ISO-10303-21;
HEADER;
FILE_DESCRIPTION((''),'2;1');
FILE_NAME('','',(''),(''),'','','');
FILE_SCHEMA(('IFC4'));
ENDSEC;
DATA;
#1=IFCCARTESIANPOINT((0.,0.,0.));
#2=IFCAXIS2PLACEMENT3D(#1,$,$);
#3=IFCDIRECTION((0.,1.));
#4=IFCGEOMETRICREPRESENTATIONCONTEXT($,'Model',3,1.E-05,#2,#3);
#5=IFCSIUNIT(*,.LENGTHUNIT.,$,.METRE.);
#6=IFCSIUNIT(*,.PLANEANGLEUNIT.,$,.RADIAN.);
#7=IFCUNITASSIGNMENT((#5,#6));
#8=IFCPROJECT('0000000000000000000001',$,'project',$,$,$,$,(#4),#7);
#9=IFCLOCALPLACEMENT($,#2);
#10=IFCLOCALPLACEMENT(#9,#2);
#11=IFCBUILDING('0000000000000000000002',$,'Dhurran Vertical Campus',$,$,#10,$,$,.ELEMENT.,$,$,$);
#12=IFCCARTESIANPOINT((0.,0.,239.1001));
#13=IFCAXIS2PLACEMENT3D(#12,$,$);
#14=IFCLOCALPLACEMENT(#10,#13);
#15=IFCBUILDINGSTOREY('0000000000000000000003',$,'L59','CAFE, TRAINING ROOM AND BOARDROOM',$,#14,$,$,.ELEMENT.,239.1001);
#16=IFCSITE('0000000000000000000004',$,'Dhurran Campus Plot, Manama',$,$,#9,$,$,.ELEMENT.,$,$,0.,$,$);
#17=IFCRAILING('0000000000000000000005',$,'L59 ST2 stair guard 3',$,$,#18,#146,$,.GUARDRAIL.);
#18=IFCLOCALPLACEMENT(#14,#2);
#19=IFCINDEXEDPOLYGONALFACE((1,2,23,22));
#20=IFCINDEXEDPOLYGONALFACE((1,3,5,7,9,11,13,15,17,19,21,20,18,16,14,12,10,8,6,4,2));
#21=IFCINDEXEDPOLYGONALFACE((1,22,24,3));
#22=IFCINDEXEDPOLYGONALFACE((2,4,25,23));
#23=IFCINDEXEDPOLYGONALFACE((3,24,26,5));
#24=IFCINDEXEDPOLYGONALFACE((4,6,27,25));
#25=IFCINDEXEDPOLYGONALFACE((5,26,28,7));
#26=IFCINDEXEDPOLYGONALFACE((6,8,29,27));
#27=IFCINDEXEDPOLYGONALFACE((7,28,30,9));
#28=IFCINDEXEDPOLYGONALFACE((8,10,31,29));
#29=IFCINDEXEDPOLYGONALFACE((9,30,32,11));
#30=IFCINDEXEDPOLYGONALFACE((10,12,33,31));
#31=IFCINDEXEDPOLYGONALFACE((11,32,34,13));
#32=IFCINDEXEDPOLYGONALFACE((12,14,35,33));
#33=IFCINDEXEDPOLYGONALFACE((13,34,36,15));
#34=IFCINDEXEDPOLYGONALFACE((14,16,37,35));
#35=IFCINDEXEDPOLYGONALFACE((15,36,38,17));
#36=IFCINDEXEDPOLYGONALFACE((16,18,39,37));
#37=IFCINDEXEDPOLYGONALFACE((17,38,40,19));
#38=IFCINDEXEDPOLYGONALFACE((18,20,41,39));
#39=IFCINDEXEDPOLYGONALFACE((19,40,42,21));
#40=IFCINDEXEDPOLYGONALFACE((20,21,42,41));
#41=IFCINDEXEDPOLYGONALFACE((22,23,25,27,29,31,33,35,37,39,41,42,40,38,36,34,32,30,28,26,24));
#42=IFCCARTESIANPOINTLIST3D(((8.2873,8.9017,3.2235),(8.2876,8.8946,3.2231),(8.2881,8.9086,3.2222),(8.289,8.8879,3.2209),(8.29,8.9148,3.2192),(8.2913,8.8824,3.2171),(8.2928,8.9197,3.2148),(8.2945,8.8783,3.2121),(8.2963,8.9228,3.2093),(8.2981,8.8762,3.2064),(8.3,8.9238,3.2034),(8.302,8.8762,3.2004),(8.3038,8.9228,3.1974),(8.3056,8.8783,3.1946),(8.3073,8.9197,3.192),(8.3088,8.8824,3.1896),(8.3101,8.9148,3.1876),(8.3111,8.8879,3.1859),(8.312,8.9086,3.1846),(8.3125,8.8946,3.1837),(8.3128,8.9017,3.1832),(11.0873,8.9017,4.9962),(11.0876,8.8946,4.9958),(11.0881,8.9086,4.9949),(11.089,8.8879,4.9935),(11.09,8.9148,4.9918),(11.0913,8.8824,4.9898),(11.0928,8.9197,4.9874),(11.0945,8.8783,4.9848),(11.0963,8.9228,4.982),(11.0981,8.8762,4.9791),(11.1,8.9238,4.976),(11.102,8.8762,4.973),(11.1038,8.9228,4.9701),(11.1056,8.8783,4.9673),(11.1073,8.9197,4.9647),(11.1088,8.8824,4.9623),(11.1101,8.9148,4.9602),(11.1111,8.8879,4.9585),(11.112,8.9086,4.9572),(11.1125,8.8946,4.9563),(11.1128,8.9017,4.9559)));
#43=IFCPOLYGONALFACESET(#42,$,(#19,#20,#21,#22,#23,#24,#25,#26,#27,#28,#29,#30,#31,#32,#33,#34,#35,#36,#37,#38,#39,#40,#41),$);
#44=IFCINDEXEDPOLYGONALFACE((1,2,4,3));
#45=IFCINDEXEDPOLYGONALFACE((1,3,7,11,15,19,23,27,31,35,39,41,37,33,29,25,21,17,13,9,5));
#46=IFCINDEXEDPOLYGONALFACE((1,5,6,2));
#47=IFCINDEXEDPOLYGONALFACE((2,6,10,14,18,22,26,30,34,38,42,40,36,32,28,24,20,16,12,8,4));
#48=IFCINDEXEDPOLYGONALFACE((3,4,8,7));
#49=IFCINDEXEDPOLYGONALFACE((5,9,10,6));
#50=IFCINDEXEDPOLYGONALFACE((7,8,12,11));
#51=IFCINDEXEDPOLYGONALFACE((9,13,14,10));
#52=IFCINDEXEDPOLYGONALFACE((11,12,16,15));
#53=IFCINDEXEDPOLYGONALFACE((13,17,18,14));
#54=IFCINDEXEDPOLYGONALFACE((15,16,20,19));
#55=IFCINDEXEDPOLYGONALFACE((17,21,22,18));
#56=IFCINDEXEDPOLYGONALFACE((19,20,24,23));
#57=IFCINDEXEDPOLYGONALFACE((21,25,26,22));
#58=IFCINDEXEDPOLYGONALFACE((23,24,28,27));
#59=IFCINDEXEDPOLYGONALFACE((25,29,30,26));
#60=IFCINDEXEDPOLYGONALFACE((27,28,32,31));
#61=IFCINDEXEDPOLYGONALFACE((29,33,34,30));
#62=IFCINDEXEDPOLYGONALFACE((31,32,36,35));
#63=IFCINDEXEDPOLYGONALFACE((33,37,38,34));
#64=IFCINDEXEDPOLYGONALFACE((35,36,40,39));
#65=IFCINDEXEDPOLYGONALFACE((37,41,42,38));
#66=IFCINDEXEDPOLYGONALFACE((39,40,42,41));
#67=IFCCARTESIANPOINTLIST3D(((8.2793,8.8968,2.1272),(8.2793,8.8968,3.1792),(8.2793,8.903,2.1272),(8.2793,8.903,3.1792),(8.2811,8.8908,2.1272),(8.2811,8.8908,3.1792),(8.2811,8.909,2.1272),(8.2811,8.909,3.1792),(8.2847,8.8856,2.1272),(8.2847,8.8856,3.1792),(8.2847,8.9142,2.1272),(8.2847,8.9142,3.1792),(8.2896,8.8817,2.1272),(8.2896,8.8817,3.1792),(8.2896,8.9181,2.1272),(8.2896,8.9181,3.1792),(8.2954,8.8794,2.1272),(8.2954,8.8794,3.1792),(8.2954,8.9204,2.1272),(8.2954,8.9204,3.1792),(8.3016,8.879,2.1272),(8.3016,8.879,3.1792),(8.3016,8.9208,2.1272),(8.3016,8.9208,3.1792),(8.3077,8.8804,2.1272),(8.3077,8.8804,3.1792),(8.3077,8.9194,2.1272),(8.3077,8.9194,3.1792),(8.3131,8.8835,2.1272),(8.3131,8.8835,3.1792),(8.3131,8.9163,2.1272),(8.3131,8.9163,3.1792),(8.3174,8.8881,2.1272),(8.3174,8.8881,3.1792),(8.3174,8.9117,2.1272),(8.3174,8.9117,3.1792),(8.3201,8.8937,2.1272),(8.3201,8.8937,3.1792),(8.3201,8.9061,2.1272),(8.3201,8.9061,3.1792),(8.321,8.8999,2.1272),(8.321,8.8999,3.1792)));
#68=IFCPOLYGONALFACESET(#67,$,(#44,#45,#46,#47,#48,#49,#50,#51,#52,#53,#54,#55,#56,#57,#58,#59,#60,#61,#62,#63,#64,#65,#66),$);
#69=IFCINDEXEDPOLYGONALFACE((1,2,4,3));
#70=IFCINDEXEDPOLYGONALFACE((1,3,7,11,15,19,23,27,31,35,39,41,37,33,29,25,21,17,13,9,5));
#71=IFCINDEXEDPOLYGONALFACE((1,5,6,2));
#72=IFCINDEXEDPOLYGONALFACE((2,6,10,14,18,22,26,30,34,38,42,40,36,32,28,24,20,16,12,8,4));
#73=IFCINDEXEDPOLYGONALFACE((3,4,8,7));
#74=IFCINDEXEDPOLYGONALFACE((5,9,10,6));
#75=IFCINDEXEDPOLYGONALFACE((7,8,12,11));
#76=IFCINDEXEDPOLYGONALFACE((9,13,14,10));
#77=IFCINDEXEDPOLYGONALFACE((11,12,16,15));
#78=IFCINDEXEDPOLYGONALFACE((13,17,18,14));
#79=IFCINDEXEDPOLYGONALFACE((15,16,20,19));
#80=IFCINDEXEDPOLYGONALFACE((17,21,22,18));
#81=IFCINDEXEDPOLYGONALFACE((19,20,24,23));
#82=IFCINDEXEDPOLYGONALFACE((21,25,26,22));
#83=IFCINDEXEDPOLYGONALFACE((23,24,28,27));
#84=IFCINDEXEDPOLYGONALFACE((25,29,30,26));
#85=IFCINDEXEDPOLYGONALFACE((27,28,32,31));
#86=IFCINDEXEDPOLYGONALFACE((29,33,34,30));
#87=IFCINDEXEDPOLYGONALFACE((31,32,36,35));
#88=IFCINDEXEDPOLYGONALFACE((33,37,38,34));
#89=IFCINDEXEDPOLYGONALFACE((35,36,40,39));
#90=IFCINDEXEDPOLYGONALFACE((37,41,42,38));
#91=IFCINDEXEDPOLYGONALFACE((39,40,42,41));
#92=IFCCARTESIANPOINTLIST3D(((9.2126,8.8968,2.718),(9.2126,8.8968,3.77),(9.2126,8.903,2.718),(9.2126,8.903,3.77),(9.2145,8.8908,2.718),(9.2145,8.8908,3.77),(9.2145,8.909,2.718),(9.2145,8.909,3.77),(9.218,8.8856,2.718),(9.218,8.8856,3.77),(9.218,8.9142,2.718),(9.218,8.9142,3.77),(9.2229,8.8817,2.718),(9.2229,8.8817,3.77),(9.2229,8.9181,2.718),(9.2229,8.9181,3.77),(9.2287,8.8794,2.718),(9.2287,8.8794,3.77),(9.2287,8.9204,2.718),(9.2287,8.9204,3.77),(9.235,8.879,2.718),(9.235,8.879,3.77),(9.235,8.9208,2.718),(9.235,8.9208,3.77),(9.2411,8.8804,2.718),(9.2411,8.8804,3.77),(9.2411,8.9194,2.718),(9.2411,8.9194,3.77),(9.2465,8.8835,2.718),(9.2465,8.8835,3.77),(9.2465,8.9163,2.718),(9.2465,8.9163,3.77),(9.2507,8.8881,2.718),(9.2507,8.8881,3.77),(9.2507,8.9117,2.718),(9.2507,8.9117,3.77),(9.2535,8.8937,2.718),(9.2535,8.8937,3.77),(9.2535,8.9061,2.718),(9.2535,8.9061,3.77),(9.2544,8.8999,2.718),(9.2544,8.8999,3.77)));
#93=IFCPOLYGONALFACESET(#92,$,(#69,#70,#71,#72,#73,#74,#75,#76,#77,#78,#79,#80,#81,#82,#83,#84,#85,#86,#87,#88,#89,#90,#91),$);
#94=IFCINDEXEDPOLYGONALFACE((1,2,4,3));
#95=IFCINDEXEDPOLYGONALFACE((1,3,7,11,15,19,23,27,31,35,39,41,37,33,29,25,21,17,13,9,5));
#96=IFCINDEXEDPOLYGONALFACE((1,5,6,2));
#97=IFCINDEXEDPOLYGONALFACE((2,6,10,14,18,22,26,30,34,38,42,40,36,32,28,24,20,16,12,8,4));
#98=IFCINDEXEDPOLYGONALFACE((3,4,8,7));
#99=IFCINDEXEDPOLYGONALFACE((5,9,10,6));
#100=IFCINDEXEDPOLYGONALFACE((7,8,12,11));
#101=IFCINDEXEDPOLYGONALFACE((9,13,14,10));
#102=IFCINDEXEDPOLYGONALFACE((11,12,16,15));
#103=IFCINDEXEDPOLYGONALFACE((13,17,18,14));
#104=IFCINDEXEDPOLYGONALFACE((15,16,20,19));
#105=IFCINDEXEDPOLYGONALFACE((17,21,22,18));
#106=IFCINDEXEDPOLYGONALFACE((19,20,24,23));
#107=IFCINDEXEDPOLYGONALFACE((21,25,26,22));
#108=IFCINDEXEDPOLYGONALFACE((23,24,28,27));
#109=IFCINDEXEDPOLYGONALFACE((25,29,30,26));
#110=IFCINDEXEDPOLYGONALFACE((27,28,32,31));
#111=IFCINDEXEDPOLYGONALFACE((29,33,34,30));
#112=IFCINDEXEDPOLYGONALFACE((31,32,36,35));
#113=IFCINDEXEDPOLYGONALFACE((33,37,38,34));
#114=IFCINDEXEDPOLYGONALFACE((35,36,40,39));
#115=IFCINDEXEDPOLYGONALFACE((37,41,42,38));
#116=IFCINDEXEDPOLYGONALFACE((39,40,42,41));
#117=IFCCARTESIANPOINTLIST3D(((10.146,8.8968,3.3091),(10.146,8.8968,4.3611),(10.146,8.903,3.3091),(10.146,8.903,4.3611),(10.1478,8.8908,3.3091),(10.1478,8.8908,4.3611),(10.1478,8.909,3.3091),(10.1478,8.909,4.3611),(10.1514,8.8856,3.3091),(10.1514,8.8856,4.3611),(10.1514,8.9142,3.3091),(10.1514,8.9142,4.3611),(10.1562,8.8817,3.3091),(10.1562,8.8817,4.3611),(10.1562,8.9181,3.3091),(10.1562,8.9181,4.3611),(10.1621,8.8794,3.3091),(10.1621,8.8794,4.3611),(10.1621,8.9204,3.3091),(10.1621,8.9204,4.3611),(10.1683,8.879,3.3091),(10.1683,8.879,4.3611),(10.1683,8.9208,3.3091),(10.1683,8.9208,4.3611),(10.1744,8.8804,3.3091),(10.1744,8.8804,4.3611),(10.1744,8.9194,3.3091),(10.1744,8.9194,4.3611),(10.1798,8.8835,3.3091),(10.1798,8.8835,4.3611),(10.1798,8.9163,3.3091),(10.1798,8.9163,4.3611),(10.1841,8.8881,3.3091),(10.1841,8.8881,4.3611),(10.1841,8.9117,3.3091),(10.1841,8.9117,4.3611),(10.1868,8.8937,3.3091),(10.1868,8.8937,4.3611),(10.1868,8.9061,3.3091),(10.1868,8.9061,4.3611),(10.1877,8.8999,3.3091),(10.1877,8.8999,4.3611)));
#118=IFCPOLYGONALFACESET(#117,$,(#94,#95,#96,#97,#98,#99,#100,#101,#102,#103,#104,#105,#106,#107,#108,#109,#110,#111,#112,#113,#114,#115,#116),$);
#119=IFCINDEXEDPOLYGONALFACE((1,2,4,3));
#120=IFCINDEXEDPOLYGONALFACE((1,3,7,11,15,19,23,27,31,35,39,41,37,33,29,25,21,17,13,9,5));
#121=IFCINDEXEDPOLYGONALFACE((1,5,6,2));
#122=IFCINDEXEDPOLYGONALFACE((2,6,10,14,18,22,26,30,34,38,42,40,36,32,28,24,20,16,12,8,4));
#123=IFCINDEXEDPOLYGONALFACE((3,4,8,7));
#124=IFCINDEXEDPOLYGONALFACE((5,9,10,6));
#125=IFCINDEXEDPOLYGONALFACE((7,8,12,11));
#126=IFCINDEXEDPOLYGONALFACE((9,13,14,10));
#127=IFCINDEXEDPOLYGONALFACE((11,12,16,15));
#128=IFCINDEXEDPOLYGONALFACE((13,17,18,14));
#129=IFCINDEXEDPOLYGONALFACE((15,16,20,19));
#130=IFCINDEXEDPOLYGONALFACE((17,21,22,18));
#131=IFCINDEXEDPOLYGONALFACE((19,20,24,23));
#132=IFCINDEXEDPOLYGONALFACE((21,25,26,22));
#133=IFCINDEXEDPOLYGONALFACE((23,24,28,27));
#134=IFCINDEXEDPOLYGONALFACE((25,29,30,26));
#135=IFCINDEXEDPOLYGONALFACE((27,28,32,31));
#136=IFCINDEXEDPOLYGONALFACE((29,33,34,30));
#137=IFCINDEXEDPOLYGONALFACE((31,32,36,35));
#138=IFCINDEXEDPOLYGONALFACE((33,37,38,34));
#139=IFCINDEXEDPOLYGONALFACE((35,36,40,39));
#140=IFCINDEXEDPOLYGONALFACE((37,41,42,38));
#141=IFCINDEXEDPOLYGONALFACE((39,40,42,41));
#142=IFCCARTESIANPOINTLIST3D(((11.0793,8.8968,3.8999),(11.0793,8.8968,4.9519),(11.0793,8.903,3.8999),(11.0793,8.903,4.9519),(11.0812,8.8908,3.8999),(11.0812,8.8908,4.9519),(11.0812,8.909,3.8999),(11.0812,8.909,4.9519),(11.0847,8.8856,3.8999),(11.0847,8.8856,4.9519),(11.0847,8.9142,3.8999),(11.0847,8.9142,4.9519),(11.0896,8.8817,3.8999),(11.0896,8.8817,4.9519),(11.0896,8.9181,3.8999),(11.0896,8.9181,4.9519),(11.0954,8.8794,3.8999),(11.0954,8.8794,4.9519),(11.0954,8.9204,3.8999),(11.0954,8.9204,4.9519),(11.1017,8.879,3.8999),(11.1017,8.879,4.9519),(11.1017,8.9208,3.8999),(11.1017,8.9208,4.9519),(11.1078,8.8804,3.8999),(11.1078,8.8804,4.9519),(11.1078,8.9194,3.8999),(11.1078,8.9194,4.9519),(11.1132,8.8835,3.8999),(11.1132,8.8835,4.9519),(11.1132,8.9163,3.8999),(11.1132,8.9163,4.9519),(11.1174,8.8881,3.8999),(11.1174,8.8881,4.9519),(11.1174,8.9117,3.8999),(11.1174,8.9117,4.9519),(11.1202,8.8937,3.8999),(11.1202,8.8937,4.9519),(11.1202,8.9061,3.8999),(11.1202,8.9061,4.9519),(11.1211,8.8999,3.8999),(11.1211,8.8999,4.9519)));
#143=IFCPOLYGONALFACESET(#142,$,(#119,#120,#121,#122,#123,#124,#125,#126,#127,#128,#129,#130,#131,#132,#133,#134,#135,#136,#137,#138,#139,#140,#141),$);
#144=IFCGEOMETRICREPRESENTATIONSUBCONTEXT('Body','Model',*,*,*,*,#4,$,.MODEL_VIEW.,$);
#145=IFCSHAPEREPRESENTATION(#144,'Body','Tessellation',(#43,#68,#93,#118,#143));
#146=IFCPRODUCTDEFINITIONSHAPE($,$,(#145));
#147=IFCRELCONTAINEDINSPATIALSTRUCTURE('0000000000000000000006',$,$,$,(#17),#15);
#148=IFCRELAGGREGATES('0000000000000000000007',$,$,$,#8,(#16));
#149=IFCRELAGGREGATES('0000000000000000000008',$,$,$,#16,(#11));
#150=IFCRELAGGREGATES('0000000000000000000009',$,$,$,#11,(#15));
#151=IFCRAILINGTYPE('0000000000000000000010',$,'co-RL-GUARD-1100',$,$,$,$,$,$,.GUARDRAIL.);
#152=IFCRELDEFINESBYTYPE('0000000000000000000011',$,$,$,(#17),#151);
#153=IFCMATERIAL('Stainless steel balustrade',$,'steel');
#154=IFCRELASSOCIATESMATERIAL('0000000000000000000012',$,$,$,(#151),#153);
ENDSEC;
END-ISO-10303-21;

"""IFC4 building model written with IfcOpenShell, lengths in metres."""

from ifc_helpers import new_model, si_unit, direction, frame, origin, origin_2d, place, context, subcontext, project, spatial, circle, extrude, material, type_object, element, save


model = new_model("IFC4")

# Units and contexts
model_context = context("Model", 3, precision=1e-05, world=origin(), true_north=direction((0.0, 1.0)))
body_context = subcontext(model_context, "Body", "Model", "MODEL_VIEW")
ifc_project = project(units=[si_unit("LENGTHUNIT", "METRE"), si_unit("PLANEANGLEUNIT", "RADIAN")], contexts=[model_context])

# Site, building, storey
site_placement = place(None, origin())
site = spatial("IfcSite", under=ifc_project, at=site_placement, Name="Dhurran Campus Plot, Manama", CompositionType="ELEMENT", RefElevation=0.0)
building_placement = place(site_placement, origin())
building = spatial("IfcBuilding", under=site, at=building_placement, Name="Dhurran Vertical Campus", CompositionType="ELEMENT")
storey_placement = place(building_placement, frame((0.0, 0.0, 239.1001)))
storey = spatial("IfcBuildingStorey", under=building, at=storey_placement, Name="L59", Description="CAFE, TRAINING ROOM AND BOARDROOM", CompositionType="ELEMENT", Elevation=239.1001)

# Railing
ifc_material_1 = material(Name="Stainless steel balustrade", Category="steel")
railing_type_1 = type_object("IfcRailingType", Name="co-RL-GUARD-1100", PredefinedType="GUARDRAIL", material=ifc_material_1)
railing_1_placement = place(storey_placement, frame((8.3, 8.8999, 2.1272)))
element("IfcRailing", 1, at=railing_1_placement, inside=storey, type_object=railing_type_1, Name="L59 ST2 stair guard 3", PredefinedType="GUARDRAIL", context=body_context, shape_type="SweptSolid", body=[
    extrude(circle(Radius=0.0239, at=origin_2d()), frame((0.0, 0.0, 1.0762), z_axis=(0.844909, 0.0, 0.53491), x_axis=(0.0, 1.0, 0.0)), (0.0, 0.0, 1.0), 3.314),
    extrude(circle(Radius=0.021, at=origin_2d()), origin(), (0.0, 0.0, 1.0), 1.052),
    extrude(circle(Radius=0.021, at=origin_2d()), frame((0.9333, 0.0, 0.5908)), (0.0, 0.0, 1.0), 1.052),
    extrude(circle(Radius=0.021, at=origin_2d()), frame((1.8667, 0.0, 1.1819)), (0.0, 0.0, 1.0), 1.052),
    extrude(circle(Radius=0.021, at=origin_2d()), frame((2.8, 0.0, 1.7727)), (0.0, 0.0, 1.0), 1.052),
])

save(model, "model.ifc")
